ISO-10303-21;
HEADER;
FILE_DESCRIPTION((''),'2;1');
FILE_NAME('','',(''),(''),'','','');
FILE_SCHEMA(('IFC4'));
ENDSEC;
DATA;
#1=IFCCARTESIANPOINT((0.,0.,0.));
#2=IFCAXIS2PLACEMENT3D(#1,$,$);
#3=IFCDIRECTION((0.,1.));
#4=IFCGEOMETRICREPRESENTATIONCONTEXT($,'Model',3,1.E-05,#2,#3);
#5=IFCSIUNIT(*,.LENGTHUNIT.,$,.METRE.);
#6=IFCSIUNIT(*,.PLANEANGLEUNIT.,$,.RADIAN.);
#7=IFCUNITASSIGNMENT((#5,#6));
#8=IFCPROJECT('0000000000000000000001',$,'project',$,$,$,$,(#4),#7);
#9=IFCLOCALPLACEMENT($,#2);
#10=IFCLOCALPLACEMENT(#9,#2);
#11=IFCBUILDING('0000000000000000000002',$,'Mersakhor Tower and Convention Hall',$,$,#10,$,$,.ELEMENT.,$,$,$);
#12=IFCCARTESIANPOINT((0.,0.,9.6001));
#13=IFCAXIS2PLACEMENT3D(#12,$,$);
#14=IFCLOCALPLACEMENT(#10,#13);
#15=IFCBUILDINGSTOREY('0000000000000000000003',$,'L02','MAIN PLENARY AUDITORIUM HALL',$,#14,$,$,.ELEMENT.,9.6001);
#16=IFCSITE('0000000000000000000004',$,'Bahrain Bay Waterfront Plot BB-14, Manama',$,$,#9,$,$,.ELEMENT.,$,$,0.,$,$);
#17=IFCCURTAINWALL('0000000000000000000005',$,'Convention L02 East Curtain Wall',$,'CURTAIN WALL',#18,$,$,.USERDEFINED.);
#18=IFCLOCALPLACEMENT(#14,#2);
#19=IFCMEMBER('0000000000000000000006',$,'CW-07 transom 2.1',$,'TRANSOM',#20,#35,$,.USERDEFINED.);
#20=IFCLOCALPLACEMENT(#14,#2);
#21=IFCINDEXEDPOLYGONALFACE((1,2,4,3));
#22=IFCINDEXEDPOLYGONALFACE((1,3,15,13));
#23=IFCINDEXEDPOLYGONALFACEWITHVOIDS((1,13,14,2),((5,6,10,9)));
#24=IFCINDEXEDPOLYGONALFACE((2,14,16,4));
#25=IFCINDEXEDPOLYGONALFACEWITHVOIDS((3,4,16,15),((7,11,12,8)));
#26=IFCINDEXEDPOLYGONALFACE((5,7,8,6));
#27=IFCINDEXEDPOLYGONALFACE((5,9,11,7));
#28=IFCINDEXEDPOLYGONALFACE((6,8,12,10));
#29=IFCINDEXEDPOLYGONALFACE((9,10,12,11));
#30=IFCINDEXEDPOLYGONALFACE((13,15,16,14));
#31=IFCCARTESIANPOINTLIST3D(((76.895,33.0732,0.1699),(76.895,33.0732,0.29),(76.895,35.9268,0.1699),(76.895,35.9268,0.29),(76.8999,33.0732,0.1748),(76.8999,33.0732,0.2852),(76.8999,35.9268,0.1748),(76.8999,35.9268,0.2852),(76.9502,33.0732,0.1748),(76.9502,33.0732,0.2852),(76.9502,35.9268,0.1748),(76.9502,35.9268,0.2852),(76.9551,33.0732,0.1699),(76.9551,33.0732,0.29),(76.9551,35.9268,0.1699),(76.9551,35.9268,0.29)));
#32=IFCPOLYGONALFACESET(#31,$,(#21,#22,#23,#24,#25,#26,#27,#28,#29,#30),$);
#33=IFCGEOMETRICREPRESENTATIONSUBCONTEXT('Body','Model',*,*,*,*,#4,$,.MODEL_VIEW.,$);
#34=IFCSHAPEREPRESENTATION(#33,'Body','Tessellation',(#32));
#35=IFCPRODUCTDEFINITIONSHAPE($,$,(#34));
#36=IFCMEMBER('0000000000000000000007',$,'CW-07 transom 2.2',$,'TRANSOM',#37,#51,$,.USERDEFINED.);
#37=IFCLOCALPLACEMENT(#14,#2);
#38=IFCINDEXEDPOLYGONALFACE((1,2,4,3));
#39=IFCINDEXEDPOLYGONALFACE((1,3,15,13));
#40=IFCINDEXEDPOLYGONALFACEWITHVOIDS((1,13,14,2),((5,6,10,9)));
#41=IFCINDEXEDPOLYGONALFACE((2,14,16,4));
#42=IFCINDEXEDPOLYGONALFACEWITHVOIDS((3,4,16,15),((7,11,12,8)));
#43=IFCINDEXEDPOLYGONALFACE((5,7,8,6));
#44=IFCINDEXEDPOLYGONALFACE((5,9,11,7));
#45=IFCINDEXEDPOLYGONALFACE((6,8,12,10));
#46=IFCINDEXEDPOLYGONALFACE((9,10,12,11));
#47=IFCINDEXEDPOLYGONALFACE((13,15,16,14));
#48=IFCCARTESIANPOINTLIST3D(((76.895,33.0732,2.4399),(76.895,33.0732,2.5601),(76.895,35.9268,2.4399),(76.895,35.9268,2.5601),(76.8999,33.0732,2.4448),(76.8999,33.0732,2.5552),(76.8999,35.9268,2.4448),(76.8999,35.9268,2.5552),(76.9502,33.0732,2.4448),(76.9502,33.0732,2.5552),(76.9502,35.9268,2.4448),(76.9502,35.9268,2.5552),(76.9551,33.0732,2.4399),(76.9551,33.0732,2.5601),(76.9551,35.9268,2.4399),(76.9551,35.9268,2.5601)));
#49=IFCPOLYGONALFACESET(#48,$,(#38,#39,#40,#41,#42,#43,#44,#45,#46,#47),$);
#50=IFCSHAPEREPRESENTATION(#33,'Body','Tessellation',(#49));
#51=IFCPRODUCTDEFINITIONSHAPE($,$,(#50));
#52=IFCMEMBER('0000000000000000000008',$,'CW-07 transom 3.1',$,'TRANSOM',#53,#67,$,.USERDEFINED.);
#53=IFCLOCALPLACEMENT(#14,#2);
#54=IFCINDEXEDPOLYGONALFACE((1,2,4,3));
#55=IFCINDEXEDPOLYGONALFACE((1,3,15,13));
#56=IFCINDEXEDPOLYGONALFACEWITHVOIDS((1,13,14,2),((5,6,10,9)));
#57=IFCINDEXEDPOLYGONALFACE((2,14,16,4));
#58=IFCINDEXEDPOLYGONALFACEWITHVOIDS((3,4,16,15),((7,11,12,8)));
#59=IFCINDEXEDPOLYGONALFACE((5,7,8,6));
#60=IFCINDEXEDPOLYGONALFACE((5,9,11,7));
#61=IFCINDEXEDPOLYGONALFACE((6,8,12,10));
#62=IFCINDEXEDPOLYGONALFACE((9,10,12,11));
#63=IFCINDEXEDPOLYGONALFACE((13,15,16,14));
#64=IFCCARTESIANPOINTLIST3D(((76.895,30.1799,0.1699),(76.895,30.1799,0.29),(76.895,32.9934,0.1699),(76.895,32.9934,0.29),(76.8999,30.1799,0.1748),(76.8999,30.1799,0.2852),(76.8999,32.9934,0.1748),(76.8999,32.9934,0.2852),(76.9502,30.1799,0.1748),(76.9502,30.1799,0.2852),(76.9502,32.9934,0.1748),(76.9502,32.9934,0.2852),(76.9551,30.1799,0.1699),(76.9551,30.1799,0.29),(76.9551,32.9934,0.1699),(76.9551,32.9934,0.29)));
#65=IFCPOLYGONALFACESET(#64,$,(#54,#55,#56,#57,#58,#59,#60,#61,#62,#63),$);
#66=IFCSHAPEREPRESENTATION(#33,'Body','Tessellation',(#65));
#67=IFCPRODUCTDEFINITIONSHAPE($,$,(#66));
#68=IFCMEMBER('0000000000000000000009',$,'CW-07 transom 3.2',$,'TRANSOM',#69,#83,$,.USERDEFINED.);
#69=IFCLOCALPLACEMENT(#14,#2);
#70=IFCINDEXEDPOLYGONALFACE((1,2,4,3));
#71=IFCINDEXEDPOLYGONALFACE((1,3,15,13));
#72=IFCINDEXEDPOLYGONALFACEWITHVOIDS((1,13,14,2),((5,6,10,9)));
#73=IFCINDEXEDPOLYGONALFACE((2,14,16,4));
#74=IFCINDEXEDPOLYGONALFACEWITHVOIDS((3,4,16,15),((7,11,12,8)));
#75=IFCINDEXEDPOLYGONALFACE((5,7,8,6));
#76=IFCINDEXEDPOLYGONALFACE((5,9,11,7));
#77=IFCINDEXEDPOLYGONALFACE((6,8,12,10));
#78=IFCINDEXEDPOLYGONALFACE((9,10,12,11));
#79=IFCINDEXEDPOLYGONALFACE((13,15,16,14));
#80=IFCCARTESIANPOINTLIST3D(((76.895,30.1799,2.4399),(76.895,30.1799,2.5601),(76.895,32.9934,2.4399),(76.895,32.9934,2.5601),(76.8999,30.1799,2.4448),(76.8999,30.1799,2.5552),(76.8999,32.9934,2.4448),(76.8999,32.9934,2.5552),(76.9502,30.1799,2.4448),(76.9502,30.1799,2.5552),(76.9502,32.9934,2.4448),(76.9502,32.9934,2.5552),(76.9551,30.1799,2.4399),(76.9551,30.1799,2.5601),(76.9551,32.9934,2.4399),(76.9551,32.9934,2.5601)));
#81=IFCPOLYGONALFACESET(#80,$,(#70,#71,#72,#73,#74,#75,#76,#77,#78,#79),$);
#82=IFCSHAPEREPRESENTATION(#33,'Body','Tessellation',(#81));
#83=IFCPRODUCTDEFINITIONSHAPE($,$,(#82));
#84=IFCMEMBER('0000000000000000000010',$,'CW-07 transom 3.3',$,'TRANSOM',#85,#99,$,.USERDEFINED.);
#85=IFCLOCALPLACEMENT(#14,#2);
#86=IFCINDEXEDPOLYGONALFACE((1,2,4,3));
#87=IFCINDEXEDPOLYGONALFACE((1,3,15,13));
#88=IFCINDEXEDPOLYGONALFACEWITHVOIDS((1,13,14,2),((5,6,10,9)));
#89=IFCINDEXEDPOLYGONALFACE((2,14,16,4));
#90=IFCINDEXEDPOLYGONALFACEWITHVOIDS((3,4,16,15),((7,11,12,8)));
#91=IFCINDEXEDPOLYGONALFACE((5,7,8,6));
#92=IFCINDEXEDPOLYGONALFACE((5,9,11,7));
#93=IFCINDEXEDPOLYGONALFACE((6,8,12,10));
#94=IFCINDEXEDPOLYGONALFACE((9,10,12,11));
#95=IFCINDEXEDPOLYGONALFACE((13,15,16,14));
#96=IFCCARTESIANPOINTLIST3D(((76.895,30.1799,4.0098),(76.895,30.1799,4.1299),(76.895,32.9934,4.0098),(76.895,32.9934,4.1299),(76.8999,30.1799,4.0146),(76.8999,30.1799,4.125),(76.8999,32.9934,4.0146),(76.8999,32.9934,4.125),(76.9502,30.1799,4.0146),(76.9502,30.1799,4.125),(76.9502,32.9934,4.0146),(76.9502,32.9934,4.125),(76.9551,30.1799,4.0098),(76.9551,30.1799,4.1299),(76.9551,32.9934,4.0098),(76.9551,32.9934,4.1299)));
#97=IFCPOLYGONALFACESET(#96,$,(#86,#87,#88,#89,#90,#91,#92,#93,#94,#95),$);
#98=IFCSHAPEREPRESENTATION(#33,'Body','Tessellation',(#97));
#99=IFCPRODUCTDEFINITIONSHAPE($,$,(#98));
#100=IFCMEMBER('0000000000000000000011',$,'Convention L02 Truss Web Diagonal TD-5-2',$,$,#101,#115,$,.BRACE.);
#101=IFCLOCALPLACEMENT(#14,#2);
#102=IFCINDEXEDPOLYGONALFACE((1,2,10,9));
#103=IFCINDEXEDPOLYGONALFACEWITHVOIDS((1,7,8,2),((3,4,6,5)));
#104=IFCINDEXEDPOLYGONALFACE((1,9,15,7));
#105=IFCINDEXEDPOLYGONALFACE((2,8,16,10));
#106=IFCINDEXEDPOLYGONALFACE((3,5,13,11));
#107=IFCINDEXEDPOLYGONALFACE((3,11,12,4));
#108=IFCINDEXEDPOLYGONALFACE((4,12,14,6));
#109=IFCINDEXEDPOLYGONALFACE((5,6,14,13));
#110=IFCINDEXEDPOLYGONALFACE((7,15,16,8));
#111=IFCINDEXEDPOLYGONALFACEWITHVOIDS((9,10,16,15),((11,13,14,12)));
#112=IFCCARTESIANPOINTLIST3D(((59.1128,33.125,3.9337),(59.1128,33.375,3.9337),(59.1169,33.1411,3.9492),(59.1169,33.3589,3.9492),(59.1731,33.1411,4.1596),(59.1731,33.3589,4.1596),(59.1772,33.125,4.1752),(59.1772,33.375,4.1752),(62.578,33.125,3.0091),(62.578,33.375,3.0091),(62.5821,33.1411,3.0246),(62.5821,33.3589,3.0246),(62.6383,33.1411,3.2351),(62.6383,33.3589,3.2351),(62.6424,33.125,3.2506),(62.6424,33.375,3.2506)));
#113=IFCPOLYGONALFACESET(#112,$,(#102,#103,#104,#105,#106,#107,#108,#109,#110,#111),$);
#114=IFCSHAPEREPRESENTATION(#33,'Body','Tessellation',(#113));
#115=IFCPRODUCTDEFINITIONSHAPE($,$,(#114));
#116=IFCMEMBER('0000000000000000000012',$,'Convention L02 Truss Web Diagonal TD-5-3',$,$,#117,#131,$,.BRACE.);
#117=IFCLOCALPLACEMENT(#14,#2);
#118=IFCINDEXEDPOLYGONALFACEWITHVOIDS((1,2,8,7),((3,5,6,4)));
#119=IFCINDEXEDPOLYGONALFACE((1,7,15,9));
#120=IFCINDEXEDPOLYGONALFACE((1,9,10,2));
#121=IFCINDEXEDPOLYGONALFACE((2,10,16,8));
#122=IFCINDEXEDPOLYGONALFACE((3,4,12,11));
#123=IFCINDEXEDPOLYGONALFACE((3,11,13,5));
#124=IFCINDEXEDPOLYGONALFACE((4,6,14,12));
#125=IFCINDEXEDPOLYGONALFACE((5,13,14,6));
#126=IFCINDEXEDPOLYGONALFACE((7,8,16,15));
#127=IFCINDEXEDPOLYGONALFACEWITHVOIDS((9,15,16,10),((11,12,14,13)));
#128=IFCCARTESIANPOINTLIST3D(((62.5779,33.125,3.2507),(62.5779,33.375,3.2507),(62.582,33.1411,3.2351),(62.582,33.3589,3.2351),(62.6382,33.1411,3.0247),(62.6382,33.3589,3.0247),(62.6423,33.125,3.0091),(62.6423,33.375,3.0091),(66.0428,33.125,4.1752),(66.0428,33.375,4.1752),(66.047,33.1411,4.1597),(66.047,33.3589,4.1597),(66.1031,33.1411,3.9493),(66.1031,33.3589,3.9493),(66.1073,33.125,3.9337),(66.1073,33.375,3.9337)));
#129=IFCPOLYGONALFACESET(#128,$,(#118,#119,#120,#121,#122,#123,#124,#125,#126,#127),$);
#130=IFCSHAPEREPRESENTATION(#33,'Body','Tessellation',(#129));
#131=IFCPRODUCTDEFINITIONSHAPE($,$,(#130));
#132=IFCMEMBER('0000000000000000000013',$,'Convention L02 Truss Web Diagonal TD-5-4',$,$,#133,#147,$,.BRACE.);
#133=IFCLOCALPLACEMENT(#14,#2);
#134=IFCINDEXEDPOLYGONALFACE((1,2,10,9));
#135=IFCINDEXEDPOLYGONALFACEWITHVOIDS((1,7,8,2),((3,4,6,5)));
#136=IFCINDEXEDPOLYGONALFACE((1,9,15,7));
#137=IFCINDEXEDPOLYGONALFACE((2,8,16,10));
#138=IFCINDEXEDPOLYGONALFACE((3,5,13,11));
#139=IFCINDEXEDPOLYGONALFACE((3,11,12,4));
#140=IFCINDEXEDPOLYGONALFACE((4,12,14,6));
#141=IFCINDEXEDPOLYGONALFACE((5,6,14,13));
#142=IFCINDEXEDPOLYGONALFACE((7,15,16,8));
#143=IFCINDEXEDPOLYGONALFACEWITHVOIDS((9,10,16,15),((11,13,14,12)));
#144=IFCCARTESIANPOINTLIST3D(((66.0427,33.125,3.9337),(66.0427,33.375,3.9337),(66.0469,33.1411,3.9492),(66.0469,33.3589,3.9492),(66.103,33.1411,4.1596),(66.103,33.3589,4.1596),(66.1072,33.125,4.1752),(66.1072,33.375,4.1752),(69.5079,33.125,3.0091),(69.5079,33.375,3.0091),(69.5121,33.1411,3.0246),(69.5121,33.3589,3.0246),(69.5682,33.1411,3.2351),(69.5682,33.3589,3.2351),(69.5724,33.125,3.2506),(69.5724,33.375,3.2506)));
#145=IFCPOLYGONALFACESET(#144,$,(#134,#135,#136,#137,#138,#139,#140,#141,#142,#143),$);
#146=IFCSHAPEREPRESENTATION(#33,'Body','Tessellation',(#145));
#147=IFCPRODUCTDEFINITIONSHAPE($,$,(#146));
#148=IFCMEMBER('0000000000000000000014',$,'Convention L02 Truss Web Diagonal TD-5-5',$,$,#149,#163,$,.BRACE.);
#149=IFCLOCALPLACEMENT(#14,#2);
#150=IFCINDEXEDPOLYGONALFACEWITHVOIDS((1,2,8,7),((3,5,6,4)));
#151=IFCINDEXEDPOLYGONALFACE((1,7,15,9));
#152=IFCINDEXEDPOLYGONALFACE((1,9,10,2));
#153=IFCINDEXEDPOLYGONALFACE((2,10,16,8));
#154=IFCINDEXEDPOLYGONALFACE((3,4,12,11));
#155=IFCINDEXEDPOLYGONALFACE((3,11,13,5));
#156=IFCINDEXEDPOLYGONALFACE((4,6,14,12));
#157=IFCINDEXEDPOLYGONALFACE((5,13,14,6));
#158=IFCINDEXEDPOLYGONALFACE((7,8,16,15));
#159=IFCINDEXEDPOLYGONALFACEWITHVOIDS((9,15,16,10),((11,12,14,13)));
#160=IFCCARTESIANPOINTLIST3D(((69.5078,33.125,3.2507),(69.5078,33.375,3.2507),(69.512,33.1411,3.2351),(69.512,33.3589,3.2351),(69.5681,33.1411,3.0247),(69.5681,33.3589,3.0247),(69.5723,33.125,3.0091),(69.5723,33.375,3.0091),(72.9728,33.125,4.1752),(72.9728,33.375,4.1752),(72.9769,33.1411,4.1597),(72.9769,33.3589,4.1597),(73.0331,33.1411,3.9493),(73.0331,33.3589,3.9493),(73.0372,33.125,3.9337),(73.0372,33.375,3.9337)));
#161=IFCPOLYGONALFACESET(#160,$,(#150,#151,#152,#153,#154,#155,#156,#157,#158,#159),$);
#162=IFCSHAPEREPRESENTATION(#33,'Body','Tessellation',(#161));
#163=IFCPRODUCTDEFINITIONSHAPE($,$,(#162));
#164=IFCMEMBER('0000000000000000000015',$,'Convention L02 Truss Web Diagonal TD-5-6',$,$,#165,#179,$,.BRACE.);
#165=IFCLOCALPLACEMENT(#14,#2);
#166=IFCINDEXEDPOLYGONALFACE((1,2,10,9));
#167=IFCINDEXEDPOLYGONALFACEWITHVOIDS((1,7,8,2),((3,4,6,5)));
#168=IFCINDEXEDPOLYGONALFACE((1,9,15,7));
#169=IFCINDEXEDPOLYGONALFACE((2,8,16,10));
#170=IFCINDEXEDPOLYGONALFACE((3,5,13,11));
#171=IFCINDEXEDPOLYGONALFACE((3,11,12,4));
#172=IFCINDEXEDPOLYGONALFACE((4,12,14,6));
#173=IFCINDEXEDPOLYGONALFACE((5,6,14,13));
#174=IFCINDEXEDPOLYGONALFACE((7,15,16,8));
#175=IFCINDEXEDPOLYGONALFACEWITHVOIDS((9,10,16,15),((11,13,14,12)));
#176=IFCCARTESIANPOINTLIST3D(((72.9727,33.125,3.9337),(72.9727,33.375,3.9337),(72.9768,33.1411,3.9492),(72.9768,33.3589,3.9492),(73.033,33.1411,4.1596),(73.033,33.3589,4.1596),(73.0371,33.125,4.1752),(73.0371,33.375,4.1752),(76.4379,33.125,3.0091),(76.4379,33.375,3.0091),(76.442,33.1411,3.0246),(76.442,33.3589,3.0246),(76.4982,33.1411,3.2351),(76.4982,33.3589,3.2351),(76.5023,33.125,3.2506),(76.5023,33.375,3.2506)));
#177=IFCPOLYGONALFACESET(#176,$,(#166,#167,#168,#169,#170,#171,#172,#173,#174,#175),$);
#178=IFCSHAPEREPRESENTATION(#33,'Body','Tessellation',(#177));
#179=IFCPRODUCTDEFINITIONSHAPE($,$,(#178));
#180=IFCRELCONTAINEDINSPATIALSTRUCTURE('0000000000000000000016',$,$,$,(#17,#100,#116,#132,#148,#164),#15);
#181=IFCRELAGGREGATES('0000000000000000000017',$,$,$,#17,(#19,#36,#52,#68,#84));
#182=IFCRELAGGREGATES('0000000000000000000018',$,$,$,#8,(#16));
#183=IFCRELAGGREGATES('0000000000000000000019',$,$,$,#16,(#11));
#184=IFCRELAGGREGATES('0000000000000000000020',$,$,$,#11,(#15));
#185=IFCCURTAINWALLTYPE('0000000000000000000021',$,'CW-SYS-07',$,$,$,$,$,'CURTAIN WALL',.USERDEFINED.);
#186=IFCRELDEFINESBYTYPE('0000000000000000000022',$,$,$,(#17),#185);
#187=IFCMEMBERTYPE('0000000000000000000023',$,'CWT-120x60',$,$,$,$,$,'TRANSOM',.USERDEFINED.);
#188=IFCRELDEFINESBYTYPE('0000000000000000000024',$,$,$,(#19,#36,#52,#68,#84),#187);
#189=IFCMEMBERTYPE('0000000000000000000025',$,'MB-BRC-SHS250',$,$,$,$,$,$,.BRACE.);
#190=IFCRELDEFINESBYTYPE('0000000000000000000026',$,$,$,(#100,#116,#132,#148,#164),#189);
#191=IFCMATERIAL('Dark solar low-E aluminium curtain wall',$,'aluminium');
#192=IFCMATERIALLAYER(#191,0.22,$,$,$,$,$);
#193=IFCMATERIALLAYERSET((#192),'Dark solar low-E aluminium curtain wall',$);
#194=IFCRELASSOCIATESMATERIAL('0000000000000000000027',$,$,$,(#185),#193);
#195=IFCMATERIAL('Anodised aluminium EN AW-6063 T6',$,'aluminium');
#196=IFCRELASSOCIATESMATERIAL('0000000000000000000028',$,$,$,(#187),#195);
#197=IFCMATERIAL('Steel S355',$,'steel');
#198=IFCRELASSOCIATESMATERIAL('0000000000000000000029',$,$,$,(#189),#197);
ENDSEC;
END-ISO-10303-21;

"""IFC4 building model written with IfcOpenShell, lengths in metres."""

from ifc_helpers import new_model, si_unit, direction, frame, origin, origin_2d, place, context, subcontext, project, spatial, hollow_rectangle, extrude, material, layer, layer_set, material_profile, profile_set, type_object, element, aggregate, save


model = new_model("IFC4")

# Units and contexts
model_context = context("Model", 3, precision=1e-05, world=origin(), true_north=direction((0.0, 1.0)))
body_context = subcontext(model_context, "Body", "Model", "MODEL_VIEW")
ifc_project = project(units=[si_unit("LENGTHUNIT", "METRE"), si_unit("PLANEANGLEUNIT", "RADIAN")], contexts=[model_context])

# Site, building, storey
site_placement = place(None, origin())
site = spatial("IfcSite", under=ifc_project, at=site_placement, Name="Bahrain Bay Waterfront Plot BB-14, Manama", CompositionType="ELEMENT", RefElevation=0.0)
building_placement = place(site_placement, origin())
building = spatial("IfcBuilding", under=site, at=building_placement, Name="Mersakhor Tower and Convention Hall", CompositionType="ELEMENT")
storey_placement = place(building_placement, frame((0.0, 0.0, 9.6001)))
storey = spatial("IfcBuildingStorey", under=building, at=storey_placement, Name="L02", Description="MAIN PLENARY AUDITORIUM HALL", CompositionType="ELEMENT", Elevation=9.6001)

# Curtain wall, members
ifc_material_1 = material(Name="Dark solar low-E aluminium curtain wall", Category="aluminium")
ifc_layer_1 = layer(ifc_material_1, 0.22)
ifc_layer_set_1 = layer_set([ifc_layer_1], Name="Dark solar low-E aluminium curtain wall")
curtain_wall_type = type_object("IfcCurtainWallType", Name="CW-SYS-07", ElementType="CURTAIN WALL", PredefinedType="USERDEFINED", material=ifc_layer_set_1)
curtain_wall_placement = place(storey_placement, origin())
curtain_wall = element("IfcCurtainWall", 1, at=curtain_wall_placement, inside=storey, type_object=curtain_wall_type, Name="Convention L02 East Curtain Wall", ObjectType="CURTAIN WALL", PredefinedType="USERDEFINED")
ifc_material_2 = material(Name="Anodised aluminium EN AW-6063 T6", Category="aluminium")
ifc_material_profile_1 = material_profile(ifc_material_2, hollow_rectangle(XDim=0.0601, YDim=0.1201, WallThickness=0.0049, at=origin_2d()), Name="RHS 120x60x5")
ifc_profile_set_1 = profile_set([ifc_material_profile_1], Name="Anodised aluminium EN AW-6063 T6")
member_type_1 = type_object("IfcMemberType", Name="CWT-120x60", ElementType="TRANSOM", PredefinedType="USERDEFINED", material=ifc_profile_set_1)
member_1_placement = place(storey_placement, frame((76.925, 35.9268, 0.23), z_axis=(0.0, -1.0, 0.0), x_axis=(1.0, 0.0, 0.0)))
member_1 = element("IfcMember", 2, at=member_1_placement, type_object=member_type_1, Name="CW-07 transom 2.1", ObjectType="TRANSOM", PredefinedType="USERDEFINED", context=body_context, shape_type="SweptSolid", body=[
    extrude(hollow_rectangle(XDim=0.0601, YDim=0.1201, WallThickness=0.0049, at=origin_2d()), origin(), (0.0, 0.0, 1.0), 2.8535),
])
member_2_placement = place(storey_placement, frame((76.925, 35.9268, 2.5), z_axis=(0.0, -1.0, 0.0), x_axis=(1.0, 0.0, 0.0)))
member_2 = element("IfcMember", 3, at=member_2_placement, type_object=member_type_1, Name="CW-07 transom 2.2", ObjectType="TRANSOM", PredefinedType="USERDEFINED", context=body_context, shape_type="SweptSolid", body=[
    extrude(hollow_rectangle(XDim=0.0601, YDim=0.1201, WallThickness=0.0049, at=origin_2d()), origin(), (0.0, 0.0, 1.0), 2.8535),
])
member_3_placement = place(storey_placement, frame((76.925, 32.9934, 0.23), z_axis=(0.0, -1.0, 0.0), x_axis=(1.0, 0.0, 0.0)))
member_3 = element("IfcMember", 4, at=member_3_placement, type_object=member_type_1, Name="CW-07 transom 3.1", ObjectType="TRANSOM", PredefinedType="USERDEFINED", context=body_context, shape_type="SweptSolid", body=[
    extrude(hollow_rectangle(XDim=0.0601, YDim=0.1201, WallThickness=0.0049, at=origin_2d()), origin(), (0.0, 0.0, 1.0), 2.8135),
])
member_4_placement = place(storey_placement, frame((76.925, 32.9934, 2.5), z_axis=(0.0, -1.0, 0.0), x_axis=(1.0, 0.0, 0.0)))
member_4 = element("IfcMember", 5, at=member_4_placement, type_object=member_type_1, Name="CW-07 transom 3.2", ObjectType="TRANSOM", PredefinedType="USERDEFINED", context=body_context, shape_type="SweptSolid", body=[
    extrude(hollow_rectangle(XDim=0.0601, YDim=0.1201, WallThickness=0.0049, at=origin_2d()), origin(), (0.0, 0.0, 1.0), 2.8135),
])
member_5_placement = place(storey_placement, frame((76.925, 32.9934, 4.0698), z_axis=(0.0, -1.0, 0.0), x_axis=(1.0, 0.0, 0.0)))
member_5 = element("IfcMember", 6, at=member_5_placement, type_object=member_type_1, Name="CW-07 transom 3.3", ObjectType="TRANSOM", PredefinedType="USERDEFINED", context=body_context, shape_type="SweptSolid", body=[
    extrude(hollow_rectangle(XDim=0.0601, YDim=0.1201, WallThickness=0.0049, at=origin_2d()), origin(), (0.0, 0.0, 1.0), 2.8135),
])

# Members
ifc_material_3 = material(Name="Steel S355", Category="steel")
ifc_material_profile_2 = material_profile(ifc_material_3, hollow_rectangle(XDim=0.25, YDim=0.25, WallThickness=0.0161, at=origin_2d()), Name="SHS 250x250x16")
ifc_profile_set_2 = profile_set([ifc_material_profile_2], Name="Steel S355")
member_type_2 = type_object("IfcMemberType", Name="MB-BRC-SHS250", PredefinedType="BRACE", material=ifc_profile_set_2)
member_6_placement = place(storey_placement, frame((59.145, 33.25, 4.0544), z_axis=(0.966198, 0.0, -0.257802), x_axis=(0.0, 1.0, 0.0)))
element("IfcMember", 7, at=member_6_placement, inside=storey, type_object=member_type_2, Name="Convention L02 Truss Web Diagonal TD-5-2", PredefinedType="BRACE", context=body_context, shape_type="SweptSolid", body=[
    extrude(hollow_rectangle(XDim=0.25, YDim=0.25, WallThickness=0.0161, at=origin_2d()), origin(), (0.0, 0.0, 1.0), 3.5864),
])
member_7_placement = place(storey_placement, frame((62.6101, 33.25, 3.1299), z_axis=(0.966193, 0.0, 0.257819), x_axis=(0.0, 1.0, 0.0)))
element("IfcMember", 8, at=member_7_placement, inside=storey, type_object=member_type_2, Name="Convention L02 Truss Web Diagonal TD-5-3", PredefinedType="BRACE", context=body_context, shape_type="SweptSolid", body=[
    extrude(hollow_rectangle(XDim=0.25, YDim=0.25, WallThickness=0.0161, at=origin_2d()), origin(), (0.0, 0.0, 1.0), 3.5862),
])
member_8_placement = place(storey_placement, frame((66.075, 33.25, 4.0544), z_axis=(0.966198, 0.0, -0.257802), x_axis=(0.0, 1.0, 0.0)))
element("IfcMember", 9, at=member_8_placement, inside=storey, type_object=member_type_2, Name="Convention L02 Truss Web Diagonal TD-5-4", PredefinedType="BRACE", context=body_context, shape_type="SweptSolid", body=[
    extrude(hollow_rectangle(XDim=0.25, YDim=0.25, WallThickness=0.0161, at=origin_2d()), origin(), (0.0, 0.0, 1.0), 3.5864),
])
member_9_placement = place(storey_placement, frame((69.54, 33.25, 3.1299), z_axis=(0.966193, 0.0, 0.257819), x_axis=(0.0, 1.0, 0.0)))
element("IfcMember", 10, at=member_9_placement, inside=storey, type_object=member_type_2, Name="Convention L02 Truss Web Diagonal TD-5-5", PredefinedType="BRACE", context=body_context, shape_type="SweptSolid", body=[
    extrude(hollow_rectangle(XDim=0.25, YDim=0.25, WallThickness=0.0161, at=origin_2d()), origin(), (0.0, 0.0, 1.0), 3.5862),
])
member_10_placement = place(storey_placement, frame((73.0049, 33.25, 4.0544), z_axis=(0.966198, 0.0, -0.257802), x_axis=(0.0, 1.0, 0.0)))
element("IfcMember", 11, at=member_10_placement, inside=storey, type_object=member_type_2, Name="Convention L02 Truss Web Diagonal TD-5-6", PredefinedType="BRACE", context=body_context, shape_type="SweptSolid", body=[
    extrude(hollow_rectangle(XDim=0.25, YDim=0.25, WallThickness=0.0161, at=origin_2d()), origin(), (0.0, 0.0, 1.0), 3.5864),
])

aggregate(curtain_wall, [member_1, member_2, member_3, member_4, member_5])

save(model, "model.ifc")
